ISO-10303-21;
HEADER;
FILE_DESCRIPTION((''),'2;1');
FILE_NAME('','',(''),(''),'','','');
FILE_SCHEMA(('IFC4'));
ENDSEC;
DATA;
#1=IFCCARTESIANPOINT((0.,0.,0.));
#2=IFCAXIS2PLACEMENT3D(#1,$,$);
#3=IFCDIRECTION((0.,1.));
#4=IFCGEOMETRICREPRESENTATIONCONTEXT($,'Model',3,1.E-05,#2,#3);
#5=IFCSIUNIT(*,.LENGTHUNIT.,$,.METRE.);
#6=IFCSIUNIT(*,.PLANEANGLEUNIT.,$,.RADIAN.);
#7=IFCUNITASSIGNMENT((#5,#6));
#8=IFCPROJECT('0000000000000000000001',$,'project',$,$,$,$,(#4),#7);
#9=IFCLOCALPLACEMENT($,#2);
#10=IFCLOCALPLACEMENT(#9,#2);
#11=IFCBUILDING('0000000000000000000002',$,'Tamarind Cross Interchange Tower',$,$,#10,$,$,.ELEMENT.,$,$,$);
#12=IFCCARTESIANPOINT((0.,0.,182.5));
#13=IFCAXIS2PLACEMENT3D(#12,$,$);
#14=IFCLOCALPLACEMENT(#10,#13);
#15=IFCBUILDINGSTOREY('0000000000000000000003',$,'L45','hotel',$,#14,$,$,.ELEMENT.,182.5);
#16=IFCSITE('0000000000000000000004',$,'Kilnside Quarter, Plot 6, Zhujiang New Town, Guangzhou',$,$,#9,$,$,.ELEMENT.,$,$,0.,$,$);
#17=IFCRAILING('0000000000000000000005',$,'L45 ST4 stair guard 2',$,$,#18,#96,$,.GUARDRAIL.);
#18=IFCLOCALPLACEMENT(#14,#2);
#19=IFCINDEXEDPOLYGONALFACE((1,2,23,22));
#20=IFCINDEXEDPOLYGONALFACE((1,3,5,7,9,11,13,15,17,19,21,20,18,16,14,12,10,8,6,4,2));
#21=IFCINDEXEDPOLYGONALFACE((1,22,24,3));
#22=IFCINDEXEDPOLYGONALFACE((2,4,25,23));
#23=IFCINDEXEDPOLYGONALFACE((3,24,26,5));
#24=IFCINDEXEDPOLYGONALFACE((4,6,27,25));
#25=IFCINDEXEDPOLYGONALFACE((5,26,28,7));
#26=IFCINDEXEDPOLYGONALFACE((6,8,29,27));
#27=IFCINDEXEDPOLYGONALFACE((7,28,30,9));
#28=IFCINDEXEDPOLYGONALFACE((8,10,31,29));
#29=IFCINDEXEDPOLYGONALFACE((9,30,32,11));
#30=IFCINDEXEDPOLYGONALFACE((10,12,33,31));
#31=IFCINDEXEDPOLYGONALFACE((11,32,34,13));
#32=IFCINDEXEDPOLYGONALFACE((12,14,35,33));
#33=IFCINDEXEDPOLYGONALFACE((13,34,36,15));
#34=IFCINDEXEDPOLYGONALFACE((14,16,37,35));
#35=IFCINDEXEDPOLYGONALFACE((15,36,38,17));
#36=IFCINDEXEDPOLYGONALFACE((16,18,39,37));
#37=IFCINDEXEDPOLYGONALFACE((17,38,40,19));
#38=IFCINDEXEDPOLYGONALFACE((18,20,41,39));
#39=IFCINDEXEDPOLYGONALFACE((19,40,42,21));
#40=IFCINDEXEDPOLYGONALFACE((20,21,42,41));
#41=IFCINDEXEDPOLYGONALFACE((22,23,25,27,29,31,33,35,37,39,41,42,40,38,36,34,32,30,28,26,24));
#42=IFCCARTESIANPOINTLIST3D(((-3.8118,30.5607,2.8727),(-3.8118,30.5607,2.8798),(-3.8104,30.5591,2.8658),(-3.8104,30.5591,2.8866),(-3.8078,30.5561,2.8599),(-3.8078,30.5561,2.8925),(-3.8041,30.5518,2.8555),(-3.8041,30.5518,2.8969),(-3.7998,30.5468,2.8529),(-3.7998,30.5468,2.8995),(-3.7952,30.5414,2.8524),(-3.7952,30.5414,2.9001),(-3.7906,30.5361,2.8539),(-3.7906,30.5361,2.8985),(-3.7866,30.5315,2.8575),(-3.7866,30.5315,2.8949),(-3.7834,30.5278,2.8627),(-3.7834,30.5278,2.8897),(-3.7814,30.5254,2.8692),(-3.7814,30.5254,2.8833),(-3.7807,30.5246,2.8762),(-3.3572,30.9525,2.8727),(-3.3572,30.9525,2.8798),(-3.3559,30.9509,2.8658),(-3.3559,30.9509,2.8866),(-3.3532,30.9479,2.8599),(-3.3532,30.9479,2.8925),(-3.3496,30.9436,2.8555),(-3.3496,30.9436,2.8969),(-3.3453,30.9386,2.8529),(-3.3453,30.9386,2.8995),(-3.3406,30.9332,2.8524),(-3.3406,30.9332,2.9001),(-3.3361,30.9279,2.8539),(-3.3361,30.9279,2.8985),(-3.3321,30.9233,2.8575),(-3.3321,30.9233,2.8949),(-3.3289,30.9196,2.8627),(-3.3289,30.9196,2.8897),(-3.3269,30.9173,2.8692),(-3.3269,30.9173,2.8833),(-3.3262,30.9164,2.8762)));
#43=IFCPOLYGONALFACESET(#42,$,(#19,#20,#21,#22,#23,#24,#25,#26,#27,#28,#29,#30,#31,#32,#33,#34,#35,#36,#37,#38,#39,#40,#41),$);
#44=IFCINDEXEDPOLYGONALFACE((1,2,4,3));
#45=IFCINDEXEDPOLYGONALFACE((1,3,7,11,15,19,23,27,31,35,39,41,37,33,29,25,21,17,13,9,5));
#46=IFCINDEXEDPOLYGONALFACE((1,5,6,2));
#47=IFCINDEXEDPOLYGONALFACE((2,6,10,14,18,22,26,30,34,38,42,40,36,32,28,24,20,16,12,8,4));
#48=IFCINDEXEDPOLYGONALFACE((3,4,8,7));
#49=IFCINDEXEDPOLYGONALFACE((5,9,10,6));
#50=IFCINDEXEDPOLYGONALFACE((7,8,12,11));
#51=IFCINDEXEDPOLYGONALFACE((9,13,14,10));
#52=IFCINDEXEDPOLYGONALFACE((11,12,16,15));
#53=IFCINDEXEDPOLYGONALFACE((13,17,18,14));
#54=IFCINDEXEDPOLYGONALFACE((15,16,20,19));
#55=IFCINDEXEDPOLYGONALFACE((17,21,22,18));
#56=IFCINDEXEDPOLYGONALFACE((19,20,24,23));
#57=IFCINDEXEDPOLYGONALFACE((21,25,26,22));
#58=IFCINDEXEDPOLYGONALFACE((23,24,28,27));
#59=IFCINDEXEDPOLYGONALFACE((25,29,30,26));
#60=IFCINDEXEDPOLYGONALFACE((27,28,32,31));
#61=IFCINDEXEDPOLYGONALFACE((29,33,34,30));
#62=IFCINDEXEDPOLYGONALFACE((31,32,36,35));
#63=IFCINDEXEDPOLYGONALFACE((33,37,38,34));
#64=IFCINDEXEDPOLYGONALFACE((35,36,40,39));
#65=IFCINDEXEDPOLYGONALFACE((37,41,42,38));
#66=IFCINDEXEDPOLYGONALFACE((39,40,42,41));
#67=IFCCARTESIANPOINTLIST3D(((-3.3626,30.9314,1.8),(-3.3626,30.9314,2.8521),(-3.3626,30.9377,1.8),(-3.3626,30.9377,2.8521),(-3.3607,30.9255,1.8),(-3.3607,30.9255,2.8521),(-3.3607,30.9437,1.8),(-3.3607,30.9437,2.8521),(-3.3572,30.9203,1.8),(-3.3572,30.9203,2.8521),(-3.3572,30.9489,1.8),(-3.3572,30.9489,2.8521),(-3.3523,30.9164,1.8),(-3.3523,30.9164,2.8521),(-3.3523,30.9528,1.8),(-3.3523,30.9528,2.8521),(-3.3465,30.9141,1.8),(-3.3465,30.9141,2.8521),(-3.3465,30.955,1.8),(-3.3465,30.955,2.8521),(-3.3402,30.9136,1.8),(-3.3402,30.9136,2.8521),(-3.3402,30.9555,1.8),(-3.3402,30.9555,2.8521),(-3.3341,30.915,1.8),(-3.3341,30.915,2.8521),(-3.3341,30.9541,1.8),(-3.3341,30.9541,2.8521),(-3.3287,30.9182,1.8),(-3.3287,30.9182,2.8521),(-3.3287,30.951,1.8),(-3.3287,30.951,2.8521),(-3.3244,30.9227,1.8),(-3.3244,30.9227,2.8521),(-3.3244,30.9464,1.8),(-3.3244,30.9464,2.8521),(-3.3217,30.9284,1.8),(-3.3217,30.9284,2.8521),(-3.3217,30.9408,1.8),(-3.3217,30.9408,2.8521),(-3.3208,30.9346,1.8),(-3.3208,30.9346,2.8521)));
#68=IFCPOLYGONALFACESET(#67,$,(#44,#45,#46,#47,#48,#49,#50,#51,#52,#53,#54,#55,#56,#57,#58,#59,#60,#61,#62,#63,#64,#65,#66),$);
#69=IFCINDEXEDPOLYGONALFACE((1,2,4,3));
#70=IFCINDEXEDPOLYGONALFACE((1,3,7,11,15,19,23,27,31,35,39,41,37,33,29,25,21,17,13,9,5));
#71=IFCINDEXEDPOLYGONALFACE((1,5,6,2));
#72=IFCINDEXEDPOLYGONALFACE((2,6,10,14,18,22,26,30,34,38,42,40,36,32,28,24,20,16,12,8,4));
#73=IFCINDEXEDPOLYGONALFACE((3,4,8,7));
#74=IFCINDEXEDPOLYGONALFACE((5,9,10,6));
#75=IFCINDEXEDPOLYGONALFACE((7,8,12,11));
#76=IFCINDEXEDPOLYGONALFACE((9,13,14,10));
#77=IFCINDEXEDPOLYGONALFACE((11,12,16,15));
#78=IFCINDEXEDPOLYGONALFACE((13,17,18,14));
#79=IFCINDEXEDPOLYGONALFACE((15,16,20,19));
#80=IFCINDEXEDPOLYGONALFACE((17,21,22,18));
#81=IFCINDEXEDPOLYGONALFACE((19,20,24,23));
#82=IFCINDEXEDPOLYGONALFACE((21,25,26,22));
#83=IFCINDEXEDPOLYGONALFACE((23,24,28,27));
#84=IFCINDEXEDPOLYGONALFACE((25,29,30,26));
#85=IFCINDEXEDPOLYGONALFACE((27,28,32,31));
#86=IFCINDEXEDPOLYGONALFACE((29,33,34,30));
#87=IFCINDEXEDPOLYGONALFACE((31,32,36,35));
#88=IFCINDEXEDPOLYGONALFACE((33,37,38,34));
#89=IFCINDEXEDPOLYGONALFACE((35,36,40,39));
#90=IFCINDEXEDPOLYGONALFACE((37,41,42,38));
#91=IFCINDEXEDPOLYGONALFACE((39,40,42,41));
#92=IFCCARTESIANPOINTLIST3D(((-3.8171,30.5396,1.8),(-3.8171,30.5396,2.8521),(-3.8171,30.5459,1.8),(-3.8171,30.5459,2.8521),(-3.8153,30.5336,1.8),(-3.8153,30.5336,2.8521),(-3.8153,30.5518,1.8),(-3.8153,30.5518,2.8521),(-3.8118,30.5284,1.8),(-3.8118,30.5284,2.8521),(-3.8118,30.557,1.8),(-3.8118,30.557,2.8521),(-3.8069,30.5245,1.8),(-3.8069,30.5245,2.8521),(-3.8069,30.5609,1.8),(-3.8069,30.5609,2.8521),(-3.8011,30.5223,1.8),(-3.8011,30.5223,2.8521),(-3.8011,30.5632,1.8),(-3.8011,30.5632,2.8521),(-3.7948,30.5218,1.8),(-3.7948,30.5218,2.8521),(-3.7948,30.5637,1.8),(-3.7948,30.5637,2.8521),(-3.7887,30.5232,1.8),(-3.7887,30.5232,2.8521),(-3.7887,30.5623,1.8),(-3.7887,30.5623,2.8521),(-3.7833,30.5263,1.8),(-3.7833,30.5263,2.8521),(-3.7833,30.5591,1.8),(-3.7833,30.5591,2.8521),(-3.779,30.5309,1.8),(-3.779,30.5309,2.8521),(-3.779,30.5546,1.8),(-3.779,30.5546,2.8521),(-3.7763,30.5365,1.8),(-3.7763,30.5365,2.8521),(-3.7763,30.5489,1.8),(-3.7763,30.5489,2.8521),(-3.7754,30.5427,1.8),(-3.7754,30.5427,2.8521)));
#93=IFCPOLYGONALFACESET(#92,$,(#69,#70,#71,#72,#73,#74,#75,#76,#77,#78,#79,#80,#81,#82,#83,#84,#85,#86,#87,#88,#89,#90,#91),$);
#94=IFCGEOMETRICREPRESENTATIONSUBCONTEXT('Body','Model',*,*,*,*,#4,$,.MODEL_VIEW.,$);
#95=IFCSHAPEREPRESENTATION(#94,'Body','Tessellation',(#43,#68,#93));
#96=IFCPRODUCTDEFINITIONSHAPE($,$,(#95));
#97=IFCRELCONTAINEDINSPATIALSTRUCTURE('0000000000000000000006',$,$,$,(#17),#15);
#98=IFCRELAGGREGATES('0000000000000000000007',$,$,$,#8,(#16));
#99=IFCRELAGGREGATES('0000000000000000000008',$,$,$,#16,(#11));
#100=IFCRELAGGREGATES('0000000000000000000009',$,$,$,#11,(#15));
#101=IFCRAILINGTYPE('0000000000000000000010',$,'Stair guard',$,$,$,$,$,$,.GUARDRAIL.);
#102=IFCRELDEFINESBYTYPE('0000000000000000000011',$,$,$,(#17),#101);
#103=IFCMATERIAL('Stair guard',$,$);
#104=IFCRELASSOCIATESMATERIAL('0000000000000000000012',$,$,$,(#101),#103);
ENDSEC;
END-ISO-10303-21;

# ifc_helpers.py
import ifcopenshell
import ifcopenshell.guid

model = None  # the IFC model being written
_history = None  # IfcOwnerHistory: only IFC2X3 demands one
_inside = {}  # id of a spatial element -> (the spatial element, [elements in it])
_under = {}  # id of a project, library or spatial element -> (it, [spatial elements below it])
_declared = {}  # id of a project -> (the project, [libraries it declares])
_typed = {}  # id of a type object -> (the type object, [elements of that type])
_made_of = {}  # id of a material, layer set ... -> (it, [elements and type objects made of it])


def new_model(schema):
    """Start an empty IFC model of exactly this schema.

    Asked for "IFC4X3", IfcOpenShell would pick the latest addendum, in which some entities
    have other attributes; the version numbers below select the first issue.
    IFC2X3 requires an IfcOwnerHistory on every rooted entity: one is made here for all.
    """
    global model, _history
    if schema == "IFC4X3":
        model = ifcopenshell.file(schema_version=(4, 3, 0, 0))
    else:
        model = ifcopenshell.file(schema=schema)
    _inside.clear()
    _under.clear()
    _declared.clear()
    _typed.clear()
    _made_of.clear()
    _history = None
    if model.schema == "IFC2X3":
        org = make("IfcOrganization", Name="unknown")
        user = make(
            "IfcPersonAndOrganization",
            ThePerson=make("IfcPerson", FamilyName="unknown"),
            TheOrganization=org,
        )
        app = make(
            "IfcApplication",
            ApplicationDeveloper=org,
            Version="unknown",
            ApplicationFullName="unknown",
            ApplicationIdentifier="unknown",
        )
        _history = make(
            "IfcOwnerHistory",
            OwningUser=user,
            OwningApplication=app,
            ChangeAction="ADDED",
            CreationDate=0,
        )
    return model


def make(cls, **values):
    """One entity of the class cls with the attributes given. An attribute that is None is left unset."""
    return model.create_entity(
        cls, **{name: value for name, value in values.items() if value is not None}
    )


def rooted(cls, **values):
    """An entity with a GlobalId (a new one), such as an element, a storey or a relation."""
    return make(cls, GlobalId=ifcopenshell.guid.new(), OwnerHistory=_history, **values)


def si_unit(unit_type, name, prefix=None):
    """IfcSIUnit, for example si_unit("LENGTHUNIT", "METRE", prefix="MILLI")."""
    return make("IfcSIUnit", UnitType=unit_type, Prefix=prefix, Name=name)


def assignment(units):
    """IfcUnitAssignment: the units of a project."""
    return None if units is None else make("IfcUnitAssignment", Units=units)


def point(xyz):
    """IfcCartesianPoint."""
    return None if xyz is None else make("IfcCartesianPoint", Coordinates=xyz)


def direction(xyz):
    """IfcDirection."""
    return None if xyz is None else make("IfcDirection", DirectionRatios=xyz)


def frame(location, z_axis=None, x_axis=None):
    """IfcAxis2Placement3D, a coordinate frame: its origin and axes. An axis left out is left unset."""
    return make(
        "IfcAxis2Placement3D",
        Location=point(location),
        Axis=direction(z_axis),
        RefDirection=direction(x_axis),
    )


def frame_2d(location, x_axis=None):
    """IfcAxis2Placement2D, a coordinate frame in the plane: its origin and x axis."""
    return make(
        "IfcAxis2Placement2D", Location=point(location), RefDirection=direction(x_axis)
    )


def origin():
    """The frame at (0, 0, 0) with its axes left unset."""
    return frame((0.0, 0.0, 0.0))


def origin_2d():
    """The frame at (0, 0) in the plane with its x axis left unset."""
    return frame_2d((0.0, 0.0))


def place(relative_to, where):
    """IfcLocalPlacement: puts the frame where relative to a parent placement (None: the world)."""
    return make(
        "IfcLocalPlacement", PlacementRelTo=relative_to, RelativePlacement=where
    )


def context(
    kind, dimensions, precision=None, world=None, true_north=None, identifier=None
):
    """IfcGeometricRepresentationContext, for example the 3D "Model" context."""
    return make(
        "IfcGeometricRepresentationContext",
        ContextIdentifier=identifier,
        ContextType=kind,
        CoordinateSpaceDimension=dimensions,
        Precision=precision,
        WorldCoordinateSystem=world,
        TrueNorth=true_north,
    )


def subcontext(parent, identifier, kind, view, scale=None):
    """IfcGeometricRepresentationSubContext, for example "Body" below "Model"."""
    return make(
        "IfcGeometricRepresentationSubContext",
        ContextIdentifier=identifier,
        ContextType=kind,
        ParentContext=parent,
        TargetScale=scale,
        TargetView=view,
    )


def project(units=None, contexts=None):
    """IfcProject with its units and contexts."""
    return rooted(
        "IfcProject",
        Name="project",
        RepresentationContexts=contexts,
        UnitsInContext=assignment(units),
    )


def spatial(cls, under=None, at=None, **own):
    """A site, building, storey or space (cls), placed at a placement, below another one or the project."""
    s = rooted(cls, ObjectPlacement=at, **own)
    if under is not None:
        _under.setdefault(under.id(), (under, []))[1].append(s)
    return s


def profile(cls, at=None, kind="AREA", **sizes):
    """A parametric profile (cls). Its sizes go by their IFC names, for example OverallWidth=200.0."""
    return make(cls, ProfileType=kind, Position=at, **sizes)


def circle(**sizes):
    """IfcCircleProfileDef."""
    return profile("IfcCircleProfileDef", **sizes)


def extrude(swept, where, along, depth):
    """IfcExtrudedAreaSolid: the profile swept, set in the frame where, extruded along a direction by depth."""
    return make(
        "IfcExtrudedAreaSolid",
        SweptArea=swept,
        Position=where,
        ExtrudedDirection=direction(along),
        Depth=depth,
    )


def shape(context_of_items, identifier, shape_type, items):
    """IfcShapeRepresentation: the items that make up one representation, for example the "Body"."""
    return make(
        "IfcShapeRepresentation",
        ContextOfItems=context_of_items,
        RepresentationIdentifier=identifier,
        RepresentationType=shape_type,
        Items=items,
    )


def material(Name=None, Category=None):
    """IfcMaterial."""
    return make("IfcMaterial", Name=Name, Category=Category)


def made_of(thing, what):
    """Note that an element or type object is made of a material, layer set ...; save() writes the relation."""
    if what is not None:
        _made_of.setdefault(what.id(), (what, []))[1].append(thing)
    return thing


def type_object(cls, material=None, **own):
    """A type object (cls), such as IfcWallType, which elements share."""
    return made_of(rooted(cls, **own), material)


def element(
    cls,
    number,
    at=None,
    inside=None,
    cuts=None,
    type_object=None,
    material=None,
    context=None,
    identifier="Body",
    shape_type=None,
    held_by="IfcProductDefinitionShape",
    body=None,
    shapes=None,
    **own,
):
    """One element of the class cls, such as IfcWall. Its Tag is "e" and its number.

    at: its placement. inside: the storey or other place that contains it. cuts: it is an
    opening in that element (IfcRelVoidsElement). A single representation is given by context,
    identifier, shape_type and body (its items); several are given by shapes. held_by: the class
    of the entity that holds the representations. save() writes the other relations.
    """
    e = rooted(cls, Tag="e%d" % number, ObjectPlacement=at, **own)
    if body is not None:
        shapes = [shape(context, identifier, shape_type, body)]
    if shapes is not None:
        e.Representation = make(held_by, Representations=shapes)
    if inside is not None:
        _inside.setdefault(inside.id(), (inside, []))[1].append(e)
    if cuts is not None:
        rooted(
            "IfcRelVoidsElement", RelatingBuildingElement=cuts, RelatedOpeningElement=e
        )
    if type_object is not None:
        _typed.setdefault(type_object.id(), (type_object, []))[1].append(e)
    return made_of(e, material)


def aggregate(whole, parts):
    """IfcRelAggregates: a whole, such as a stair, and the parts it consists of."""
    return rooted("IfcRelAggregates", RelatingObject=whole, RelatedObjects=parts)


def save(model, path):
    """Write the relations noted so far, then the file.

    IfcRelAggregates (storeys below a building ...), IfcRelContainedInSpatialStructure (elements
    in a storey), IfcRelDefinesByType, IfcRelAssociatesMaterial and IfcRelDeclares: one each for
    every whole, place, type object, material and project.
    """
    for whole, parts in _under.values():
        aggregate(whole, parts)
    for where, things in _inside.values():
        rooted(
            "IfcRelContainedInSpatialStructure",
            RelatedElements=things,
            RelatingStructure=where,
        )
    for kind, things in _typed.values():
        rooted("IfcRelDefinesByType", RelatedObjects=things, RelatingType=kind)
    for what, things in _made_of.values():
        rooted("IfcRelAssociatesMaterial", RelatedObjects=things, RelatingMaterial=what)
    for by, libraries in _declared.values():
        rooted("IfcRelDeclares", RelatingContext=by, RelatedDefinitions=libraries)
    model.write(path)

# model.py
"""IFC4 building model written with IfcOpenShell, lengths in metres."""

from ifc_helpers import new_model, si_unit, direction, frame, origin, origin_2d, place, context, subcontext, project, spatial, circle, extrude, material, type_object, element, save


model = new_model("IFC4")

# Units and contexts
model_context = context("Model", 3, precision=1e-05, world=origin(), true_north=direction((0.0, 1.0)))
body_context = subcontext(model_context, "Body", "Model", "MODEL_VIEW")
ifc_project = project(units=[si_unit("LENGTHUNIT", "METRE"), si_unit("PLANEANGLEUNIT", "RADIAN")], contexts=[model_context])

# Site, building, storey
site_placement = place(None, origin())
site = spatial("IfcSite", under=ifc_project, at=site_placement, Name="Kilnside Quarter, Plot 6, Zhujiang New Town, Guangzhou", CompositionType="ELEMENT", RefElevation=0.0)
building_placement = place(site_placement, origin())
building = spatial("IfcBuilding", under=site, at=building_placement, Name="Tamarind Cross Interchange Tower", CompositionType="ELEMENT")
storey_placement = place(building_placement, frame((0.0, 0.0, 182.5)))
storey = spatial("IfcBuildingStorey", under=building, at=storey_placement, Name="L45", Description="hotel", CompositionType="ELEMENT", Elevation=182.5)

# Railing
ifc_material_1 = material(Name="Stair guard")
railing_type = type_object("IfcRailingType", Name="Stair guard", PredefinedType="GUARDRAIL", material=ifc_material_1)
railing_placement = place(storey_placement, frame((-3.3418, 30.9346, 1.8)))
element("IfcRailing", 1, at=railing_placement, inside=storey, type_object=railing_type, Name="L45 ST4 stair guard 2", PredefinedType="GUARDRAIL", context=body_context, shape_type="SweptSolid", body=[
    extrude(circle(Radius=0.0239, at=origin_2d()), frame((0.0, 0.0, 1.0762), z_axis=(-0.757445, -0.652899, 0.0), x_axis=(0.652899, -0.757445, 0.0)), (0.0, 0.0, 1.0), 0.6001),
    extrude(circle(Radius=0.021, at=origin_2d()), origin(), (0.0, 0.0, 1.0), 1.052),
    extrude(circle(Radius=0.021, at=origin_2d()), frame((-0.4546, -0.3918, 0.0)), (0.0, 0.0, 1.0), 1.052),
])

save(model, "model.ifc")
